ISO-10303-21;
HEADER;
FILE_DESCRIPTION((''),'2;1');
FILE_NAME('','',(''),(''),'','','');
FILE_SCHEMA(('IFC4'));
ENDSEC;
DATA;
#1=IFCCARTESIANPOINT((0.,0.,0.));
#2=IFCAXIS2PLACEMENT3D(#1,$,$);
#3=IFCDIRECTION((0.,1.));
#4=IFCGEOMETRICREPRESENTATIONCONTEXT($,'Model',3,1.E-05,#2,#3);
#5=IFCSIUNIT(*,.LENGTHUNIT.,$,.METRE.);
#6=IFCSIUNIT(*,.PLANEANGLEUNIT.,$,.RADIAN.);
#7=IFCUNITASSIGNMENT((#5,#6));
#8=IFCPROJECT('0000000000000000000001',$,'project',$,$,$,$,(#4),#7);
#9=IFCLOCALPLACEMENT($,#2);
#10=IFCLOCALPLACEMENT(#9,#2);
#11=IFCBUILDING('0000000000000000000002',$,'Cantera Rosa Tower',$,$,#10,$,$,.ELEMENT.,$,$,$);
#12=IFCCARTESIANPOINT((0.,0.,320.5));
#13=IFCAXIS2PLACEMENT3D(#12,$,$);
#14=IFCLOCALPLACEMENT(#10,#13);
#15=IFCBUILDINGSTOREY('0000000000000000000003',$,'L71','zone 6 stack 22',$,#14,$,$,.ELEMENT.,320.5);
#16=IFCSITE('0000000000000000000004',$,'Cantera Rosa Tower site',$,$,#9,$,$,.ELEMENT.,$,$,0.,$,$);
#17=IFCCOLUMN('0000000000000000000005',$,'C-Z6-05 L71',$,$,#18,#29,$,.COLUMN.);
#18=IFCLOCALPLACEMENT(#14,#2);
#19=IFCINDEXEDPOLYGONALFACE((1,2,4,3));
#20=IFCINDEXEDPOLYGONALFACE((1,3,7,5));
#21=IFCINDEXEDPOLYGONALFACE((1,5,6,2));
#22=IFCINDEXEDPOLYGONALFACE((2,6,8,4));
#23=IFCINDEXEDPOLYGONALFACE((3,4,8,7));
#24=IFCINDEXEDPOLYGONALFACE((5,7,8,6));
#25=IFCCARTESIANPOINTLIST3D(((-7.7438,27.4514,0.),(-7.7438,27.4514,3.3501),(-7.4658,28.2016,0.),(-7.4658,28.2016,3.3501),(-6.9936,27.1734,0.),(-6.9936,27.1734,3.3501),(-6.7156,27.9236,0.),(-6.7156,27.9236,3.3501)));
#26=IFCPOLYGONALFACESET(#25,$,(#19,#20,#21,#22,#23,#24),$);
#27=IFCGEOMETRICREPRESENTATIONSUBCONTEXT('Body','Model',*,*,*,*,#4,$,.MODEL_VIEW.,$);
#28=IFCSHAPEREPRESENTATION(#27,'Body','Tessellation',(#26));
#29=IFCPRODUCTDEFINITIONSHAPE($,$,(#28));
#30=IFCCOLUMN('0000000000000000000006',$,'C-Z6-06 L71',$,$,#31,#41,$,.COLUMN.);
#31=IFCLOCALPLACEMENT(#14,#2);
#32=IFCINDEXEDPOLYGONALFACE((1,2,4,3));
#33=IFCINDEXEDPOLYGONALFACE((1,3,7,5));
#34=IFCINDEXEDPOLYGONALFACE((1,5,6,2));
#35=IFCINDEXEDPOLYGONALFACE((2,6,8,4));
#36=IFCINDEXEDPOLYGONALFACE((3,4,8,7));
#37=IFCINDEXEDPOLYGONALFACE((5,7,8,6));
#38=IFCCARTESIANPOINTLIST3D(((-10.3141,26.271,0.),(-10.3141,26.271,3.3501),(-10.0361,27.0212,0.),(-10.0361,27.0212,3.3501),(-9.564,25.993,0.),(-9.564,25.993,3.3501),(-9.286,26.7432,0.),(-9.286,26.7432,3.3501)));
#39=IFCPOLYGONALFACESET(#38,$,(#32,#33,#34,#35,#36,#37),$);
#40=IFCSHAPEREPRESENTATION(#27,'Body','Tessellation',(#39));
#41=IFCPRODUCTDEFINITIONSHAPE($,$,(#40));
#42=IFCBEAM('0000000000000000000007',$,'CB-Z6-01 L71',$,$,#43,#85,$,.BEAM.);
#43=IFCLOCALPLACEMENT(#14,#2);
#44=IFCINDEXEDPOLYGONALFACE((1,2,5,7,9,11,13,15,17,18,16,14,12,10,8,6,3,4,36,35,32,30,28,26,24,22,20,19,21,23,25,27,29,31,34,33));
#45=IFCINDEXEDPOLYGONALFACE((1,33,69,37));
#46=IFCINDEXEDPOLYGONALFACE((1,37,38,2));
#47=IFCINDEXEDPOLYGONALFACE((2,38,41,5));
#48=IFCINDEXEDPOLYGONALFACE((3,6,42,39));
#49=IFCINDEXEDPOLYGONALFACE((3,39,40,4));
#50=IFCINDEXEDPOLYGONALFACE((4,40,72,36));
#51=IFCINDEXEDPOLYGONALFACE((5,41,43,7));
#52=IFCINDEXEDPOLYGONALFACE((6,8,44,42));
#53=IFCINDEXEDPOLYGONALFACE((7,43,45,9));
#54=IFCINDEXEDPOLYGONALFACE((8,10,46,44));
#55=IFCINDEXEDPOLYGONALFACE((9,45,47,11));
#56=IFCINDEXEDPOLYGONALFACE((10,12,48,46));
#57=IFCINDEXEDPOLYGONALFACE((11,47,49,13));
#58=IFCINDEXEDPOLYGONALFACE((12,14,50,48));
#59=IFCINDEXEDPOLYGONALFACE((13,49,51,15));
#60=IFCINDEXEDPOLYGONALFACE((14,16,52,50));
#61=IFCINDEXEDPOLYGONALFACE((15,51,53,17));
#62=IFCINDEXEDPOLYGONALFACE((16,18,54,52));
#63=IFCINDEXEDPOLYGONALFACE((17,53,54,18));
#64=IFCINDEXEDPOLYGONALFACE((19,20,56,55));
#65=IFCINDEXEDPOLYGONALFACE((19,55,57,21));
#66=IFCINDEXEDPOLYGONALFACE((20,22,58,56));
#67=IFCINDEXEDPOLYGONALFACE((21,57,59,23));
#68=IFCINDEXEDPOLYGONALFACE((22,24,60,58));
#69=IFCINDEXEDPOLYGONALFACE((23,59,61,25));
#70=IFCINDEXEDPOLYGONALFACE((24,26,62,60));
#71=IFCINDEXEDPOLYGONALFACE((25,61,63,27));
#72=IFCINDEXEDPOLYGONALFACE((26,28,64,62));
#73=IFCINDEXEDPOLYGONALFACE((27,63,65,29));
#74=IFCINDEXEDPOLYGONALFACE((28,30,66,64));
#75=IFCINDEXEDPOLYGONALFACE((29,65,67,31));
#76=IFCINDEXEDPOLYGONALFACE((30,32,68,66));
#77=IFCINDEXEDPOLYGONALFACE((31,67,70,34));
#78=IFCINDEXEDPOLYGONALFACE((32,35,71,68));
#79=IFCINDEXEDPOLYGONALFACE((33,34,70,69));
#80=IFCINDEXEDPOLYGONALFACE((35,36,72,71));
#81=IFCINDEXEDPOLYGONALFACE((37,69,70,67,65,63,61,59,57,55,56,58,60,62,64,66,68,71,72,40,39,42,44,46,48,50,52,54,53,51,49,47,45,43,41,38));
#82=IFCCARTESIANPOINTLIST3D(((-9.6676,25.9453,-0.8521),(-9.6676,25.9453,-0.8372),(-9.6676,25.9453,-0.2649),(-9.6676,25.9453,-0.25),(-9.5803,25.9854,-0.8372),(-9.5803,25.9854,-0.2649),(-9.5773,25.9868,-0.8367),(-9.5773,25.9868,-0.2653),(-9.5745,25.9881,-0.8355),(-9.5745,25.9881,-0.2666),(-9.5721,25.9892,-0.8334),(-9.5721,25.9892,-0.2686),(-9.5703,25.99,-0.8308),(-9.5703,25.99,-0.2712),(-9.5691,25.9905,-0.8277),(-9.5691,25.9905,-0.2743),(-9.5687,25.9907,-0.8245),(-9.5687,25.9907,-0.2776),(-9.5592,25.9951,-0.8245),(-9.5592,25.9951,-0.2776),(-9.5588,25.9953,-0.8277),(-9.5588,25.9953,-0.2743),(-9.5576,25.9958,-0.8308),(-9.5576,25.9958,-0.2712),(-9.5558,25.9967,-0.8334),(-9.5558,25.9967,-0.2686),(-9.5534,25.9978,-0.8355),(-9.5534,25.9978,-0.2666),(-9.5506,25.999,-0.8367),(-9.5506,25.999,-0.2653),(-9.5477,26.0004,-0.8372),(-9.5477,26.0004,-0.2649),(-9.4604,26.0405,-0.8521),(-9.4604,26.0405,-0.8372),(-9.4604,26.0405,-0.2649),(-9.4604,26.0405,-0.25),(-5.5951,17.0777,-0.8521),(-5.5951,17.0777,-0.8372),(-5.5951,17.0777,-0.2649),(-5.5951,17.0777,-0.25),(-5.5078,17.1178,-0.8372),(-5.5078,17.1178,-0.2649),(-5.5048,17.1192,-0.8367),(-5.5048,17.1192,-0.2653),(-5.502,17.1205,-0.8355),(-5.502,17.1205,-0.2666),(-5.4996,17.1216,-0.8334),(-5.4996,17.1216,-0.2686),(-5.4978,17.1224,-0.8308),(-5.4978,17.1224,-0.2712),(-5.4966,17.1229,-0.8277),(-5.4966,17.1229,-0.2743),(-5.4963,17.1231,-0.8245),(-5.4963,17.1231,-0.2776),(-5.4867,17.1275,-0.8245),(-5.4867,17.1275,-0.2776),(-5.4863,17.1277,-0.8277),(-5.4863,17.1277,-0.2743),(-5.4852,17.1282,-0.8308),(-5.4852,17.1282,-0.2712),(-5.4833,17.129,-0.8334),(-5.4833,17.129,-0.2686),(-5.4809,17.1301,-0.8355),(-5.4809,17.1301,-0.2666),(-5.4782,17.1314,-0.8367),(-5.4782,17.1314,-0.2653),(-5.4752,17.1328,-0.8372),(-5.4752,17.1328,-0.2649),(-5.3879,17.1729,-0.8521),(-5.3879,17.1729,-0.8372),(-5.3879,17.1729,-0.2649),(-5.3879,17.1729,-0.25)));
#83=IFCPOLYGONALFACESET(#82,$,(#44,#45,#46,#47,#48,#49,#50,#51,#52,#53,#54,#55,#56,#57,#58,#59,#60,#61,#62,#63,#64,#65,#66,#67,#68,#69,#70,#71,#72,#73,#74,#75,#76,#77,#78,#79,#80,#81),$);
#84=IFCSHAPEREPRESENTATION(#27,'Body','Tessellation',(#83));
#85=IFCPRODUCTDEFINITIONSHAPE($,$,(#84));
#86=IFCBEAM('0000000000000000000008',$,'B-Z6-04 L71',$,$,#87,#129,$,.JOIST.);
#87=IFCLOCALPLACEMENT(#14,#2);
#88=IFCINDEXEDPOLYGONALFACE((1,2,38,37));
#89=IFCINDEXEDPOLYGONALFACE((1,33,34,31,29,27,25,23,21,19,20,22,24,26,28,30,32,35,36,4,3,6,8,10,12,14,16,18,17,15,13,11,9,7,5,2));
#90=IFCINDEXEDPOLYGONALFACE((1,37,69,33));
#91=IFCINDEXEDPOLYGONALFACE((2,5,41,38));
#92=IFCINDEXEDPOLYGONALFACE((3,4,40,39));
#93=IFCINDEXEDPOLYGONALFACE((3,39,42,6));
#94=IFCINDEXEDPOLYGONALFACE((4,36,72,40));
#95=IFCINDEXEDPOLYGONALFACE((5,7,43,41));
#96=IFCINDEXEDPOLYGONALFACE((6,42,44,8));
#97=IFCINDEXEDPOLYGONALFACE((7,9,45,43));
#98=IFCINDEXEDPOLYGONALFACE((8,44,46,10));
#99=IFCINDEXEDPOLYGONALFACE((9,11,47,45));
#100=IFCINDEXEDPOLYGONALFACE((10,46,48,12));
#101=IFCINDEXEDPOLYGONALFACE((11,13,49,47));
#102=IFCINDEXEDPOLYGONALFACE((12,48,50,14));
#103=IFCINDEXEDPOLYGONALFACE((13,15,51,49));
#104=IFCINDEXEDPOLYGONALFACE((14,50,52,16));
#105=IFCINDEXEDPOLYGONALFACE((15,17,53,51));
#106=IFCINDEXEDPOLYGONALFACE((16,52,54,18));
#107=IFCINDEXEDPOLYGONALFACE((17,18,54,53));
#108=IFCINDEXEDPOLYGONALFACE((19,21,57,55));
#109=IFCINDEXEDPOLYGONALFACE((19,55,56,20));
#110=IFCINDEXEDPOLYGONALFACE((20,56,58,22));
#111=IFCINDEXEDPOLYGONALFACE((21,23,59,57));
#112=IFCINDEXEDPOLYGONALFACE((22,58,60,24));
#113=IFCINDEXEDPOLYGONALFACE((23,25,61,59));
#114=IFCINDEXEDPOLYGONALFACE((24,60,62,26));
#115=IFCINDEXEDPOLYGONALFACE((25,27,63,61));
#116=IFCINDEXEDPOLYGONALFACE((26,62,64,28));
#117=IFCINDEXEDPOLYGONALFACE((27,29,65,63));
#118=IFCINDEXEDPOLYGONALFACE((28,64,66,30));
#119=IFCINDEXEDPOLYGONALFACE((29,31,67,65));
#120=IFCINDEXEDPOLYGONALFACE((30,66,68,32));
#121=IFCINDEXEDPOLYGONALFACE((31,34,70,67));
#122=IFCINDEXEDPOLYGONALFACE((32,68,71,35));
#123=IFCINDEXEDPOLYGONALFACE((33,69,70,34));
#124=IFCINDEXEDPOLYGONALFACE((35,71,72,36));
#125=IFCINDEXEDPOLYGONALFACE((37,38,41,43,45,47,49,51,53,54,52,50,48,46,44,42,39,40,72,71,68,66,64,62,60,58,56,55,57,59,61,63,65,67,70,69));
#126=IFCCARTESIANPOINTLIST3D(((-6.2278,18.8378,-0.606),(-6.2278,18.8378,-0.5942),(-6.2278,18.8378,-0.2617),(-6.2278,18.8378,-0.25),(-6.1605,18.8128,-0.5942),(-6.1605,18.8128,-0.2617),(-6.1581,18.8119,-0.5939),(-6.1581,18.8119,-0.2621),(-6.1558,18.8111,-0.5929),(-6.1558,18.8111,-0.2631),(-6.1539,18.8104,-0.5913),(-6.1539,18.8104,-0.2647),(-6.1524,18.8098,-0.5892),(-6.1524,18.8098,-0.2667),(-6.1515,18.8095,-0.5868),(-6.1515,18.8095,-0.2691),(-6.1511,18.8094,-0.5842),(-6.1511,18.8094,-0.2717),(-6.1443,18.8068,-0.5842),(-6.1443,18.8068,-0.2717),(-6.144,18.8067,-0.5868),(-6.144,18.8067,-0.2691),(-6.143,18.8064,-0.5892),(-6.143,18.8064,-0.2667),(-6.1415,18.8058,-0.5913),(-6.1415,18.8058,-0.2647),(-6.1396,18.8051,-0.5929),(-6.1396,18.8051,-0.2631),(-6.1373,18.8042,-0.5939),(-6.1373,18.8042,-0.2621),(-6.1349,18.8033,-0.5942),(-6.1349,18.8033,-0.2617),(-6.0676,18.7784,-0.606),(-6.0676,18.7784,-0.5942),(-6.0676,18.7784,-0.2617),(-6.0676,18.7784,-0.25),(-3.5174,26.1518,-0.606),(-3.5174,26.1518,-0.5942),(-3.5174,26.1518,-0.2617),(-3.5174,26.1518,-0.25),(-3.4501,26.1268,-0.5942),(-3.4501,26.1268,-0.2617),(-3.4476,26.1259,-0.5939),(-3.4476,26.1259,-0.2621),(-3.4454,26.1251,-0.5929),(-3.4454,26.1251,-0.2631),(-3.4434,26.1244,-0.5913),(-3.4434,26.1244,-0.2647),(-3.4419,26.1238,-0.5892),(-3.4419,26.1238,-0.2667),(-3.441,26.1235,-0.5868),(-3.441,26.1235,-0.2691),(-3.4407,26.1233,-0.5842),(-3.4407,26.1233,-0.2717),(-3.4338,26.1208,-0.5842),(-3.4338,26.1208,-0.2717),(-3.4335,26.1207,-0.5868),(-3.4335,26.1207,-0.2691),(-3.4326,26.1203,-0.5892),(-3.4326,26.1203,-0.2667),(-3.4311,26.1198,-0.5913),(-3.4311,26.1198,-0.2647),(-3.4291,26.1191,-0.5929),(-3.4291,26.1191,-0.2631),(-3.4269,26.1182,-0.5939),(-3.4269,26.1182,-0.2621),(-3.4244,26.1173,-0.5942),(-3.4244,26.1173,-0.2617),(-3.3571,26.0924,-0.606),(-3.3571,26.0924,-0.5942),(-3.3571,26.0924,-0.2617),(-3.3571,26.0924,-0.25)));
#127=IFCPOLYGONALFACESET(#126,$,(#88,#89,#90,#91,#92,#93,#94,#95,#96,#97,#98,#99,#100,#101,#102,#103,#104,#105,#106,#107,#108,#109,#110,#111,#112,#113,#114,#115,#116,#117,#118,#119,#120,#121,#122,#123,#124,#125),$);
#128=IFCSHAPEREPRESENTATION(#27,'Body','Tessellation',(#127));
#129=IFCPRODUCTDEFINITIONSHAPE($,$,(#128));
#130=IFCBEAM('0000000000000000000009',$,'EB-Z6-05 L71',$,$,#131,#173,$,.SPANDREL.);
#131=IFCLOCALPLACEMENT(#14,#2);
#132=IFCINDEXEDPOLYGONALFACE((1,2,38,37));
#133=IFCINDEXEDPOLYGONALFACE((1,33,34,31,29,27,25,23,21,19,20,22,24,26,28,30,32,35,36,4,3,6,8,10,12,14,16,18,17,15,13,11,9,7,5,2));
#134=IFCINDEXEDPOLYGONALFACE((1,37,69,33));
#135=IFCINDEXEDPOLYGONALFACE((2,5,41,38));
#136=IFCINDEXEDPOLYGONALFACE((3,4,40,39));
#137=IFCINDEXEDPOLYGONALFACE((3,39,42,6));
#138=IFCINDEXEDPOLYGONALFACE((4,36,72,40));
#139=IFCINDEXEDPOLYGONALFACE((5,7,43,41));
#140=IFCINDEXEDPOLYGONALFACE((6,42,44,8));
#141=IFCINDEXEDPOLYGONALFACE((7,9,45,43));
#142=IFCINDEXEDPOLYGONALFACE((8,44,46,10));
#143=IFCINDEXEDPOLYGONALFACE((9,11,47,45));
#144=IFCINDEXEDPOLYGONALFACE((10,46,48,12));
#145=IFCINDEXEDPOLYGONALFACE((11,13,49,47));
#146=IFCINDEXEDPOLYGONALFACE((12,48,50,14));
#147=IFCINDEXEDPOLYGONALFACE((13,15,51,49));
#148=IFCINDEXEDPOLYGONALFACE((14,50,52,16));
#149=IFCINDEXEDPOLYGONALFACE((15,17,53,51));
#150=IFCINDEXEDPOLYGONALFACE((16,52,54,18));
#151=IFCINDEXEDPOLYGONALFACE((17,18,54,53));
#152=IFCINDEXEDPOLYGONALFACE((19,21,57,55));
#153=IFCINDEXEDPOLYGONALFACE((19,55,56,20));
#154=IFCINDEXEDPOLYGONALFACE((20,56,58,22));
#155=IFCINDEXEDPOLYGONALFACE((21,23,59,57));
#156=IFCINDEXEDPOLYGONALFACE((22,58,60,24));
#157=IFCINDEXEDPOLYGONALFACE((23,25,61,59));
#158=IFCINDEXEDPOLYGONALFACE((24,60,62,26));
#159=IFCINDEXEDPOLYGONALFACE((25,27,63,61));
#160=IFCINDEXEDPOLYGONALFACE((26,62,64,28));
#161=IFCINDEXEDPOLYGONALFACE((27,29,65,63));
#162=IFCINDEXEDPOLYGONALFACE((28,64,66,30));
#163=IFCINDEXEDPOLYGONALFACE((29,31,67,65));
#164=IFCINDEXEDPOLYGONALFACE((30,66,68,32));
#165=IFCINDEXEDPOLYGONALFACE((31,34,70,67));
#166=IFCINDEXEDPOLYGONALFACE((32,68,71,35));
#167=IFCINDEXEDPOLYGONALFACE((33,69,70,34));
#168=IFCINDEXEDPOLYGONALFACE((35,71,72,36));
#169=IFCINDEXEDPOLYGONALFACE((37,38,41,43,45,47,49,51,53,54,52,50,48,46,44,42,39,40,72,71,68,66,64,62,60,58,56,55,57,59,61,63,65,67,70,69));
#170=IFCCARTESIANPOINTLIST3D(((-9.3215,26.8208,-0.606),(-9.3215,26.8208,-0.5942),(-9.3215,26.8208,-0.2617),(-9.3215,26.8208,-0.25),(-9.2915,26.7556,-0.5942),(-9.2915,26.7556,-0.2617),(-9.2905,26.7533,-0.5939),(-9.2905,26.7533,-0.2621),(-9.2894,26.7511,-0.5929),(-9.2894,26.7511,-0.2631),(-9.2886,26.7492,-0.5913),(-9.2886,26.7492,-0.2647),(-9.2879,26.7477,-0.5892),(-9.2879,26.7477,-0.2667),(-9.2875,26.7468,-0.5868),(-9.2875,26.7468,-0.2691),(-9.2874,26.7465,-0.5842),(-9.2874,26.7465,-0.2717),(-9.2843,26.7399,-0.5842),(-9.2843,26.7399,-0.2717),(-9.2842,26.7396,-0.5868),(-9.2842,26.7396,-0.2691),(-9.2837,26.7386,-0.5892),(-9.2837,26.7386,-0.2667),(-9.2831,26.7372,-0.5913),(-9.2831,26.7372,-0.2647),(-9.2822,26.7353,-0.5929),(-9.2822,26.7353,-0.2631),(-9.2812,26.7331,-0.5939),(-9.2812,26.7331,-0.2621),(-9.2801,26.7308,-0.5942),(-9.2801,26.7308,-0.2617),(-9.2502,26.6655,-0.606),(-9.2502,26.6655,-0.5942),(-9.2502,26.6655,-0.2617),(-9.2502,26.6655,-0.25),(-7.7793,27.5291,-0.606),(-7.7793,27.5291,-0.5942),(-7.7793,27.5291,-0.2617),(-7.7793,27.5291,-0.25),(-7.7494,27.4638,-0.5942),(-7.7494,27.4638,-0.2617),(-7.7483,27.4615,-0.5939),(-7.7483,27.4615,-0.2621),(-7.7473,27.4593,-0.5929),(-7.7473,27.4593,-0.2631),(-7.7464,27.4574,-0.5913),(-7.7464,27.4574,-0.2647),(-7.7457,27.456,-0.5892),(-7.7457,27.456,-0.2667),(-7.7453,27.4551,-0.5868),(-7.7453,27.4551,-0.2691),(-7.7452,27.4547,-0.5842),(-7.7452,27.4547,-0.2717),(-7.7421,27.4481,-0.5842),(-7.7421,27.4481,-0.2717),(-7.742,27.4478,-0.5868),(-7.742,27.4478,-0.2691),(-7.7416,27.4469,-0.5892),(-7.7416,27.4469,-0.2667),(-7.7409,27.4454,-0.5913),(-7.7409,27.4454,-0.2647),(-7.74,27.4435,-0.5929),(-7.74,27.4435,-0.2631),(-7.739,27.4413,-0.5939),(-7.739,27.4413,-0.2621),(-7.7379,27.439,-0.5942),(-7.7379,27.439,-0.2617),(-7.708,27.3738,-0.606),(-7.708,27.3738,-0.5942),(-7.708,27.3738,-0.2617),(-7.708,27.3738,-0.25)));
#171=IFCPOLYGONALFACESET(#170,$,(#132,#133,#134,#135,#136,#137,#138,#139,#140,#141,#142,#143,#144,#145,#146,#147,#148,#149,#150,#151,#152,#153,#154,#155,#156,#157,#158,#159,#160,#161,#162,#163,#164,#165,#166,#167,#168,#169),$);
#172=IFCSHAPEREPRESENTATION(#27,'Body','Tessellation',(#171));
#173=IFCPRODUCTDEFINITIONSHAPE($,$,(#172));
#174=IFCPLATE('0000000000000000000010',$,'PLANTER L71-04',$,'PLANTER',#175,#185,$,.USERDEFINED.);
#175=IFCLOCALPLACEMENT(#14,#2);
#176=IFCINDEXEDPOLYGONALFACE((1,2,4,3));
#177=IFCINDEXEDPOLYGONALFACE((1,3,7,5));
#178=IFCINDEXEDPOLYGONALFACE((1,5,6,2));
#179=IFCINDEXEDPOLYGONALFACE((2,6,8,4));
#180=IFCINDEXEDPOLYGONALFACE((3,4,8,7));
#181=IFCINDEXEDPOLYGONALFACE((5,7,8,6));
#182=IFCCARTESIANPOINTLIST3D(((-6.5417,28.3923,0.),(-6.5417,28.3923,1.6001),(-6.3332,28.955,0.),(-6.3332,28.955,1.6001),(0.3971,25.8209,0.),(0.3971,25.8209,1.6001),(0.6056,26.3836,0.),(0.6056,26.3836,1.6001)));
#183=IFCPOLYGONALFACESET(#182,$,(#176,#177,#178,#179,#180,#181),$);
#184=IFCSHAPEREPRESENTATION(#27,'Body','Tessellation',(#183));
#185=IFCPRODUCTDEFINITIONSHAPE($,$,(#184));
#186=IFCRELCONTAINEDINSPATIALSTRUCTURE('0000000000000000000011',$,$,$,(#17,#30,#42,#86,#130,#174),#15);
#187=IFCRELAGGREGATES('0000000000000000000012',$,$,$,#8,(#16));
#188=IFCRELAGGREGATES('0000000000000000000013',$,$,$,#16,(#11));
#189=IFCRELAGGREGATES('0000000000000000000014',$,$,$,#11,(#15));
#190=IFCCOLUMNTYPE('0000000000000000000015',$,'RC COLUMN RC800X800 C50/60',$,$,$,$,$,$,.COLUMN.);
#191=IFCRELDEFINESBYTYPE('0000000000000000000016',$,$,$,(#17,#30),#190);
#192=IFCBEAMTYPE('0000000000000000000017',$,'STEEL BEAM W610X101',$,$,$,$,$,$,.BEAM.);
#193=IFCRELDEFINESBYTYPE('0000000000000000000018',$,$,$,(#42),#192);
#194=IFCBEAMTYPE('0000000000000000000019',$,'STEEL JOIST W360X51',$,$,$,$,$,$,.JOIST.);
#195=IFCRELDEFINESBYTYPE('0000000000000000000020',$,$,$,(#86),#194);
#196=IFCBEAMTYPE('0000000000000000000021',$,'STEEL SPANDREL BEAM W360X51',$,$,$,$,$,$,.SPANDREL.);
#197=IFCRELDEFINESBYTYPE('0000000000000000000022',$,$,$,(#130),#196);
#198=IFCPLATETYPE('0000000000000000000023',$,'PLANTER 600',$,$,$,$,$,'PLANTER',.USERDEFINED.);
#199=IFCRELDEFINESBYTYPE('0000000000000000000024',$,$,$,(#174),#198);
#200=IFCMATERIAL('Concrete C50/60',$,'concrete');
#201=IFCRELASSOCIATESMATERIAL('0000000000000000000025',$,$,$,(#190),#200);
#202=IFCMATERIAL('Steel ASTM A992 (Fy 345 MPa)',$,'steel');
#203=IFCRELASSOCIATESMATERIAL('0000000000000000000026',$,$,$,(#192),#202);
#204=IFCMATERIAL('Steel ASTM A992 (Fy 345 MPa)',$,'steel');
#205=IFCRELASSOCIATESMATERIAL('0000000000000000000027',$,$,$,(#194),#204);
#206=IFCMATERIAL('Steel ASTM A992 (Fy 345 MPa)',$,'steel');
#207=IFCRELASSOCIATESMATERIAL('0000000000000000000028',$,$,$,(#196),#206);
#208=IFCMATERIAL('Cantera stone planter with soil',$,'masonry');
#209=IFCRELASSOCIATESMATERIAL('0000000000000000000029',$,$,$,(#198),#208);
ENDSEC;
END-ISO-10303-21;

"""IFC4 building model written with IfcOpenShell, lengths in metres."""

from ifc_helpers import new_model, si_unit, direction, frame, origin, origin_2d, place, context, subcontext, project, spatial, rectangle, i_section, extrude, material, material_profile, profile_set, type_object, element, save


model = new_model("IFC4")

# Units and contexts
model_context = context("Model", 3, precision=1e-05, world=origin(), true_north=direction((0.0, 1.0)))
body_context = subcontext(model_context, "Body", "Model", "MODEL_VIEW")
ifc_project = project(units=[si_unit("LENGTHUNIT", "METRE"), si_unit("PLANEANGLEUNIT", "RADIAN")], contexts=[model_context])

# Site, building, storey
site_placement = place(None, origin())
site = spatial("IfcSite", under=ifc_project, at=site_placement, Name="Cantera Rosa Tower site", CompositionType="ELEMENT", RefElevation=0.0)
building_placement = place(site_placement, origin())
building = spatial("IfcBuilding", under=site, at=building_placement, Name="Cantera Rosa Tower", CompositionType="ELEMENT")
storey_placement = place(building_placement, frame((0.0, 0.0, 320.5)))
storey = spatial("IfcBuildingStorey", under=building, at=storey_placement, Name="L71", Description="zone 6 stack 22", CompositionType="ELEMENT", Elevation=320.5)

# Columns
ifc_material_1 = material(Name="Concrete C50/60", Category="concrete")
ifc_material_profile_1 = material_profile(ifc_material_1, rectangle(XDim=0.8, YDim=0.8, at=origin_2d()), Name="RC COLUMN RC800X800 C50/60")
ifc_profile_set_1 = profile_set([ifc_material_profile_1], Name="Concrete C50/60")
column_type = type_object("IfcColumnType", Name="RC COLUMN RC800X800 C50/60", PredefinedType="COLUMN", material=ifc_profile_set_1)
for number, where, z_axis, x_axis, name in (
    (1, (-7.2297, 27.6875, 0.0), (0.0, 0.0, 1.0), (0.347481, 0.937687, 0.0), "C-Z6-05 L71"),
    (2, (-9.8, 26.5071, 0.0), (0.0, 0.0, 1.0), (0.347481, 0.937687, 0.0), "C-Z6-06 L71"),
):
    element("IfcColumn", number, at=place(storey_placement, frame(where, z_axis=z_axis, x_axis=x_axis)), inside=storey, type_object=column_type, Name=name, PredefinedType="COLUMN", context=body_context, shape_type="SweptSolid", body=[
        extrude(rectangle(XDim=0.8, YDim=0.8, at=origin_2d()), origin(), (0.0, 0.0, 1.0), 3.3501),
    ])

# Beams
ifc_material_2 = material(Name="Steel ASTM A992 (Fy 345 MPa)", Category="steel")
ifc_material_profile_2 = material_profile(ifc_material_2, i_section(OverallWidth=0.228, OverallDepth=0.6021, WebThickness=0.0105, FlangeThickness=0.0149, FilletRadius=0.0127, at=origin_2d()), Name="W610X101")
ifc_profile_set_2 = profile_set([ifc_material_profile_2], Name="Steel ASTM A992 (Fy 345 MPa)")
beam_type_1 = type_object("IfcBeamType", Name="STEEL BEAM W610X101", PredefinedType="BEAM", material=ifc_profile_set_2)
beam_1_placement = place(storey_placement, frame((-9.564, 25.9929, -0.551), z_axis=(0.417346, -0.908748, 0.0), x_axis=(0.908748, 0.417346, 0.0)))
element("IfcBeam", 3, at=beam_1_placement, inside=storey, type_object=beam_type_1, Name="CB-Z6-01 L71", PredefinedType="BEAM", context=body_context, shape_type="SweptSolid", body=[
    extrude(i_section(OverallWidth=0.228, OverallDepth=0.6021, WebThickness=0.0105, FlangeThickness=0.0149, FilletRadius=0.0127, at=origin_2d()), origin(), (0.0, 0.0, 1.0), 9.7581),
])
ifc_material_3 = material(Name="Steel ASTM A992 (Fy 345 MPa)", Category="steel")
ifc_material_profile_3 = material_profile(ifc_material_3, i_section(OverallWidth=0.1709, OverallDepth=0.356, WebThickness=0.0073, FlangeThickness=0.0117, FilletRadius=0.01, at=origin_2d()), Name="W360X51")
ifc_profile_set_3 = profile_set([ifc_material_profile_3], Name="Steel ASTM A992 (Fy 345 MPa)")
beam_type_2 = type_object("IfcBeamType", Name="STEEL JOIST W360X51", PredefinedType="JOIST", material=ifc_profile_set_3)
beam_2_placement = place(storey_placement, frame((-3.4373, 26.1221, -0.428), z_axis=(-0.347492, -0.937683, 0.0), x_axis=(0.937683, -0.347492, 0.0)))
element("IfcBeam", 4, at=beam_2_placement, inside=storey, type_object=beam_type_2, Name="B-Z6-04 L71", PredefinedType="JOIST", context=body_context, shape_type="SweptSolid", body=[
    extrude(i_section(OverallWidth=0.1709, OverallDepth=0.356, WebThickness=0.0073, FlangeThickness=0.0117, FilletRadius=0.01, at=origin_2d()), origin(), (0.0, 0.0, 1.0), 7.8),
])
ifc_material_4 = material(Name="Steel ASTM A992 (Fy 345 MPa)", Category="steel")
ifc_material_profile_4 = material_profile(ifc_material_4, i_section(OverallWidth=0.1709, OverallDepth=0.356, WebThickness=0.0073, FlangeThickness=0.0117, FilletRadius=0.01, at=origin_2d()), Name="W360X51")
ifc_profile_set_4 = profile_set([ifc_material_profile_4], Name="Steel ASTM A992 (Fy 345 MPa)")
beam_type_3 = type_object("IfcBeamType", Name="STEEL SPANDREL BEAM W360X51", PredefinedType="SPANDREL", material=ifc_profile_set_4)
beam_3_placement = place(storey_placement, frame((-7.7437, 27.4514, -0.428), z_axis=(-0.908754, -0.417333, 0.0), x_axis=(0.417333, -0.908754, 0.0)))
element("IfcBeam", 5, at=beam_3_placement, inside=storey, type_object=beam_type_3, Name="EB-Z6-05 L71", PredefinedType="SPANDREL", context=body_context, shape_type="SweptSolid", body=[
    extrude(i_section(OverallWidth=0.1709, OverallDepth=0.356, WebThickness=0.0073, FlangeThickness=0.0117, FilletRadius=0.01, at=origin_2d()), origin(), (0.0, 0.0, 1.0), 1.697),
])

# Plate
ifc_material_5 = material(Name="Cantera stone planter with soil", Category="masonry")
plate_type = type_object("IfcPlateType", Name="PLANTER 600", ElementType="PLANTER", PredefinedType="USERDEFINED", material=ifc_material_5)
plate_placement = place(storey_placement, frame((-2.968, 27.3879, 0.0), z_axis=(0.0, 0.0, 1.0), x_axis=(-0.937687, 0.347481, 0.0)))
element("IfcPlate", 6, at=plate_placement, inside=storey, type_object=plate_type, Name="PLANTER L71-04", ObjectType="PLANTER", PredefinedType="USERDEFINED", context=body_context, shape_type="SweptSolid", body=[
    extrude(rectangle(XDim=7.3999, YDim=0.6001, at=origin_2d()), origin(), (0.0, 0.0, 1.0), 1.6001),
])

save(model, "model.ifc")
